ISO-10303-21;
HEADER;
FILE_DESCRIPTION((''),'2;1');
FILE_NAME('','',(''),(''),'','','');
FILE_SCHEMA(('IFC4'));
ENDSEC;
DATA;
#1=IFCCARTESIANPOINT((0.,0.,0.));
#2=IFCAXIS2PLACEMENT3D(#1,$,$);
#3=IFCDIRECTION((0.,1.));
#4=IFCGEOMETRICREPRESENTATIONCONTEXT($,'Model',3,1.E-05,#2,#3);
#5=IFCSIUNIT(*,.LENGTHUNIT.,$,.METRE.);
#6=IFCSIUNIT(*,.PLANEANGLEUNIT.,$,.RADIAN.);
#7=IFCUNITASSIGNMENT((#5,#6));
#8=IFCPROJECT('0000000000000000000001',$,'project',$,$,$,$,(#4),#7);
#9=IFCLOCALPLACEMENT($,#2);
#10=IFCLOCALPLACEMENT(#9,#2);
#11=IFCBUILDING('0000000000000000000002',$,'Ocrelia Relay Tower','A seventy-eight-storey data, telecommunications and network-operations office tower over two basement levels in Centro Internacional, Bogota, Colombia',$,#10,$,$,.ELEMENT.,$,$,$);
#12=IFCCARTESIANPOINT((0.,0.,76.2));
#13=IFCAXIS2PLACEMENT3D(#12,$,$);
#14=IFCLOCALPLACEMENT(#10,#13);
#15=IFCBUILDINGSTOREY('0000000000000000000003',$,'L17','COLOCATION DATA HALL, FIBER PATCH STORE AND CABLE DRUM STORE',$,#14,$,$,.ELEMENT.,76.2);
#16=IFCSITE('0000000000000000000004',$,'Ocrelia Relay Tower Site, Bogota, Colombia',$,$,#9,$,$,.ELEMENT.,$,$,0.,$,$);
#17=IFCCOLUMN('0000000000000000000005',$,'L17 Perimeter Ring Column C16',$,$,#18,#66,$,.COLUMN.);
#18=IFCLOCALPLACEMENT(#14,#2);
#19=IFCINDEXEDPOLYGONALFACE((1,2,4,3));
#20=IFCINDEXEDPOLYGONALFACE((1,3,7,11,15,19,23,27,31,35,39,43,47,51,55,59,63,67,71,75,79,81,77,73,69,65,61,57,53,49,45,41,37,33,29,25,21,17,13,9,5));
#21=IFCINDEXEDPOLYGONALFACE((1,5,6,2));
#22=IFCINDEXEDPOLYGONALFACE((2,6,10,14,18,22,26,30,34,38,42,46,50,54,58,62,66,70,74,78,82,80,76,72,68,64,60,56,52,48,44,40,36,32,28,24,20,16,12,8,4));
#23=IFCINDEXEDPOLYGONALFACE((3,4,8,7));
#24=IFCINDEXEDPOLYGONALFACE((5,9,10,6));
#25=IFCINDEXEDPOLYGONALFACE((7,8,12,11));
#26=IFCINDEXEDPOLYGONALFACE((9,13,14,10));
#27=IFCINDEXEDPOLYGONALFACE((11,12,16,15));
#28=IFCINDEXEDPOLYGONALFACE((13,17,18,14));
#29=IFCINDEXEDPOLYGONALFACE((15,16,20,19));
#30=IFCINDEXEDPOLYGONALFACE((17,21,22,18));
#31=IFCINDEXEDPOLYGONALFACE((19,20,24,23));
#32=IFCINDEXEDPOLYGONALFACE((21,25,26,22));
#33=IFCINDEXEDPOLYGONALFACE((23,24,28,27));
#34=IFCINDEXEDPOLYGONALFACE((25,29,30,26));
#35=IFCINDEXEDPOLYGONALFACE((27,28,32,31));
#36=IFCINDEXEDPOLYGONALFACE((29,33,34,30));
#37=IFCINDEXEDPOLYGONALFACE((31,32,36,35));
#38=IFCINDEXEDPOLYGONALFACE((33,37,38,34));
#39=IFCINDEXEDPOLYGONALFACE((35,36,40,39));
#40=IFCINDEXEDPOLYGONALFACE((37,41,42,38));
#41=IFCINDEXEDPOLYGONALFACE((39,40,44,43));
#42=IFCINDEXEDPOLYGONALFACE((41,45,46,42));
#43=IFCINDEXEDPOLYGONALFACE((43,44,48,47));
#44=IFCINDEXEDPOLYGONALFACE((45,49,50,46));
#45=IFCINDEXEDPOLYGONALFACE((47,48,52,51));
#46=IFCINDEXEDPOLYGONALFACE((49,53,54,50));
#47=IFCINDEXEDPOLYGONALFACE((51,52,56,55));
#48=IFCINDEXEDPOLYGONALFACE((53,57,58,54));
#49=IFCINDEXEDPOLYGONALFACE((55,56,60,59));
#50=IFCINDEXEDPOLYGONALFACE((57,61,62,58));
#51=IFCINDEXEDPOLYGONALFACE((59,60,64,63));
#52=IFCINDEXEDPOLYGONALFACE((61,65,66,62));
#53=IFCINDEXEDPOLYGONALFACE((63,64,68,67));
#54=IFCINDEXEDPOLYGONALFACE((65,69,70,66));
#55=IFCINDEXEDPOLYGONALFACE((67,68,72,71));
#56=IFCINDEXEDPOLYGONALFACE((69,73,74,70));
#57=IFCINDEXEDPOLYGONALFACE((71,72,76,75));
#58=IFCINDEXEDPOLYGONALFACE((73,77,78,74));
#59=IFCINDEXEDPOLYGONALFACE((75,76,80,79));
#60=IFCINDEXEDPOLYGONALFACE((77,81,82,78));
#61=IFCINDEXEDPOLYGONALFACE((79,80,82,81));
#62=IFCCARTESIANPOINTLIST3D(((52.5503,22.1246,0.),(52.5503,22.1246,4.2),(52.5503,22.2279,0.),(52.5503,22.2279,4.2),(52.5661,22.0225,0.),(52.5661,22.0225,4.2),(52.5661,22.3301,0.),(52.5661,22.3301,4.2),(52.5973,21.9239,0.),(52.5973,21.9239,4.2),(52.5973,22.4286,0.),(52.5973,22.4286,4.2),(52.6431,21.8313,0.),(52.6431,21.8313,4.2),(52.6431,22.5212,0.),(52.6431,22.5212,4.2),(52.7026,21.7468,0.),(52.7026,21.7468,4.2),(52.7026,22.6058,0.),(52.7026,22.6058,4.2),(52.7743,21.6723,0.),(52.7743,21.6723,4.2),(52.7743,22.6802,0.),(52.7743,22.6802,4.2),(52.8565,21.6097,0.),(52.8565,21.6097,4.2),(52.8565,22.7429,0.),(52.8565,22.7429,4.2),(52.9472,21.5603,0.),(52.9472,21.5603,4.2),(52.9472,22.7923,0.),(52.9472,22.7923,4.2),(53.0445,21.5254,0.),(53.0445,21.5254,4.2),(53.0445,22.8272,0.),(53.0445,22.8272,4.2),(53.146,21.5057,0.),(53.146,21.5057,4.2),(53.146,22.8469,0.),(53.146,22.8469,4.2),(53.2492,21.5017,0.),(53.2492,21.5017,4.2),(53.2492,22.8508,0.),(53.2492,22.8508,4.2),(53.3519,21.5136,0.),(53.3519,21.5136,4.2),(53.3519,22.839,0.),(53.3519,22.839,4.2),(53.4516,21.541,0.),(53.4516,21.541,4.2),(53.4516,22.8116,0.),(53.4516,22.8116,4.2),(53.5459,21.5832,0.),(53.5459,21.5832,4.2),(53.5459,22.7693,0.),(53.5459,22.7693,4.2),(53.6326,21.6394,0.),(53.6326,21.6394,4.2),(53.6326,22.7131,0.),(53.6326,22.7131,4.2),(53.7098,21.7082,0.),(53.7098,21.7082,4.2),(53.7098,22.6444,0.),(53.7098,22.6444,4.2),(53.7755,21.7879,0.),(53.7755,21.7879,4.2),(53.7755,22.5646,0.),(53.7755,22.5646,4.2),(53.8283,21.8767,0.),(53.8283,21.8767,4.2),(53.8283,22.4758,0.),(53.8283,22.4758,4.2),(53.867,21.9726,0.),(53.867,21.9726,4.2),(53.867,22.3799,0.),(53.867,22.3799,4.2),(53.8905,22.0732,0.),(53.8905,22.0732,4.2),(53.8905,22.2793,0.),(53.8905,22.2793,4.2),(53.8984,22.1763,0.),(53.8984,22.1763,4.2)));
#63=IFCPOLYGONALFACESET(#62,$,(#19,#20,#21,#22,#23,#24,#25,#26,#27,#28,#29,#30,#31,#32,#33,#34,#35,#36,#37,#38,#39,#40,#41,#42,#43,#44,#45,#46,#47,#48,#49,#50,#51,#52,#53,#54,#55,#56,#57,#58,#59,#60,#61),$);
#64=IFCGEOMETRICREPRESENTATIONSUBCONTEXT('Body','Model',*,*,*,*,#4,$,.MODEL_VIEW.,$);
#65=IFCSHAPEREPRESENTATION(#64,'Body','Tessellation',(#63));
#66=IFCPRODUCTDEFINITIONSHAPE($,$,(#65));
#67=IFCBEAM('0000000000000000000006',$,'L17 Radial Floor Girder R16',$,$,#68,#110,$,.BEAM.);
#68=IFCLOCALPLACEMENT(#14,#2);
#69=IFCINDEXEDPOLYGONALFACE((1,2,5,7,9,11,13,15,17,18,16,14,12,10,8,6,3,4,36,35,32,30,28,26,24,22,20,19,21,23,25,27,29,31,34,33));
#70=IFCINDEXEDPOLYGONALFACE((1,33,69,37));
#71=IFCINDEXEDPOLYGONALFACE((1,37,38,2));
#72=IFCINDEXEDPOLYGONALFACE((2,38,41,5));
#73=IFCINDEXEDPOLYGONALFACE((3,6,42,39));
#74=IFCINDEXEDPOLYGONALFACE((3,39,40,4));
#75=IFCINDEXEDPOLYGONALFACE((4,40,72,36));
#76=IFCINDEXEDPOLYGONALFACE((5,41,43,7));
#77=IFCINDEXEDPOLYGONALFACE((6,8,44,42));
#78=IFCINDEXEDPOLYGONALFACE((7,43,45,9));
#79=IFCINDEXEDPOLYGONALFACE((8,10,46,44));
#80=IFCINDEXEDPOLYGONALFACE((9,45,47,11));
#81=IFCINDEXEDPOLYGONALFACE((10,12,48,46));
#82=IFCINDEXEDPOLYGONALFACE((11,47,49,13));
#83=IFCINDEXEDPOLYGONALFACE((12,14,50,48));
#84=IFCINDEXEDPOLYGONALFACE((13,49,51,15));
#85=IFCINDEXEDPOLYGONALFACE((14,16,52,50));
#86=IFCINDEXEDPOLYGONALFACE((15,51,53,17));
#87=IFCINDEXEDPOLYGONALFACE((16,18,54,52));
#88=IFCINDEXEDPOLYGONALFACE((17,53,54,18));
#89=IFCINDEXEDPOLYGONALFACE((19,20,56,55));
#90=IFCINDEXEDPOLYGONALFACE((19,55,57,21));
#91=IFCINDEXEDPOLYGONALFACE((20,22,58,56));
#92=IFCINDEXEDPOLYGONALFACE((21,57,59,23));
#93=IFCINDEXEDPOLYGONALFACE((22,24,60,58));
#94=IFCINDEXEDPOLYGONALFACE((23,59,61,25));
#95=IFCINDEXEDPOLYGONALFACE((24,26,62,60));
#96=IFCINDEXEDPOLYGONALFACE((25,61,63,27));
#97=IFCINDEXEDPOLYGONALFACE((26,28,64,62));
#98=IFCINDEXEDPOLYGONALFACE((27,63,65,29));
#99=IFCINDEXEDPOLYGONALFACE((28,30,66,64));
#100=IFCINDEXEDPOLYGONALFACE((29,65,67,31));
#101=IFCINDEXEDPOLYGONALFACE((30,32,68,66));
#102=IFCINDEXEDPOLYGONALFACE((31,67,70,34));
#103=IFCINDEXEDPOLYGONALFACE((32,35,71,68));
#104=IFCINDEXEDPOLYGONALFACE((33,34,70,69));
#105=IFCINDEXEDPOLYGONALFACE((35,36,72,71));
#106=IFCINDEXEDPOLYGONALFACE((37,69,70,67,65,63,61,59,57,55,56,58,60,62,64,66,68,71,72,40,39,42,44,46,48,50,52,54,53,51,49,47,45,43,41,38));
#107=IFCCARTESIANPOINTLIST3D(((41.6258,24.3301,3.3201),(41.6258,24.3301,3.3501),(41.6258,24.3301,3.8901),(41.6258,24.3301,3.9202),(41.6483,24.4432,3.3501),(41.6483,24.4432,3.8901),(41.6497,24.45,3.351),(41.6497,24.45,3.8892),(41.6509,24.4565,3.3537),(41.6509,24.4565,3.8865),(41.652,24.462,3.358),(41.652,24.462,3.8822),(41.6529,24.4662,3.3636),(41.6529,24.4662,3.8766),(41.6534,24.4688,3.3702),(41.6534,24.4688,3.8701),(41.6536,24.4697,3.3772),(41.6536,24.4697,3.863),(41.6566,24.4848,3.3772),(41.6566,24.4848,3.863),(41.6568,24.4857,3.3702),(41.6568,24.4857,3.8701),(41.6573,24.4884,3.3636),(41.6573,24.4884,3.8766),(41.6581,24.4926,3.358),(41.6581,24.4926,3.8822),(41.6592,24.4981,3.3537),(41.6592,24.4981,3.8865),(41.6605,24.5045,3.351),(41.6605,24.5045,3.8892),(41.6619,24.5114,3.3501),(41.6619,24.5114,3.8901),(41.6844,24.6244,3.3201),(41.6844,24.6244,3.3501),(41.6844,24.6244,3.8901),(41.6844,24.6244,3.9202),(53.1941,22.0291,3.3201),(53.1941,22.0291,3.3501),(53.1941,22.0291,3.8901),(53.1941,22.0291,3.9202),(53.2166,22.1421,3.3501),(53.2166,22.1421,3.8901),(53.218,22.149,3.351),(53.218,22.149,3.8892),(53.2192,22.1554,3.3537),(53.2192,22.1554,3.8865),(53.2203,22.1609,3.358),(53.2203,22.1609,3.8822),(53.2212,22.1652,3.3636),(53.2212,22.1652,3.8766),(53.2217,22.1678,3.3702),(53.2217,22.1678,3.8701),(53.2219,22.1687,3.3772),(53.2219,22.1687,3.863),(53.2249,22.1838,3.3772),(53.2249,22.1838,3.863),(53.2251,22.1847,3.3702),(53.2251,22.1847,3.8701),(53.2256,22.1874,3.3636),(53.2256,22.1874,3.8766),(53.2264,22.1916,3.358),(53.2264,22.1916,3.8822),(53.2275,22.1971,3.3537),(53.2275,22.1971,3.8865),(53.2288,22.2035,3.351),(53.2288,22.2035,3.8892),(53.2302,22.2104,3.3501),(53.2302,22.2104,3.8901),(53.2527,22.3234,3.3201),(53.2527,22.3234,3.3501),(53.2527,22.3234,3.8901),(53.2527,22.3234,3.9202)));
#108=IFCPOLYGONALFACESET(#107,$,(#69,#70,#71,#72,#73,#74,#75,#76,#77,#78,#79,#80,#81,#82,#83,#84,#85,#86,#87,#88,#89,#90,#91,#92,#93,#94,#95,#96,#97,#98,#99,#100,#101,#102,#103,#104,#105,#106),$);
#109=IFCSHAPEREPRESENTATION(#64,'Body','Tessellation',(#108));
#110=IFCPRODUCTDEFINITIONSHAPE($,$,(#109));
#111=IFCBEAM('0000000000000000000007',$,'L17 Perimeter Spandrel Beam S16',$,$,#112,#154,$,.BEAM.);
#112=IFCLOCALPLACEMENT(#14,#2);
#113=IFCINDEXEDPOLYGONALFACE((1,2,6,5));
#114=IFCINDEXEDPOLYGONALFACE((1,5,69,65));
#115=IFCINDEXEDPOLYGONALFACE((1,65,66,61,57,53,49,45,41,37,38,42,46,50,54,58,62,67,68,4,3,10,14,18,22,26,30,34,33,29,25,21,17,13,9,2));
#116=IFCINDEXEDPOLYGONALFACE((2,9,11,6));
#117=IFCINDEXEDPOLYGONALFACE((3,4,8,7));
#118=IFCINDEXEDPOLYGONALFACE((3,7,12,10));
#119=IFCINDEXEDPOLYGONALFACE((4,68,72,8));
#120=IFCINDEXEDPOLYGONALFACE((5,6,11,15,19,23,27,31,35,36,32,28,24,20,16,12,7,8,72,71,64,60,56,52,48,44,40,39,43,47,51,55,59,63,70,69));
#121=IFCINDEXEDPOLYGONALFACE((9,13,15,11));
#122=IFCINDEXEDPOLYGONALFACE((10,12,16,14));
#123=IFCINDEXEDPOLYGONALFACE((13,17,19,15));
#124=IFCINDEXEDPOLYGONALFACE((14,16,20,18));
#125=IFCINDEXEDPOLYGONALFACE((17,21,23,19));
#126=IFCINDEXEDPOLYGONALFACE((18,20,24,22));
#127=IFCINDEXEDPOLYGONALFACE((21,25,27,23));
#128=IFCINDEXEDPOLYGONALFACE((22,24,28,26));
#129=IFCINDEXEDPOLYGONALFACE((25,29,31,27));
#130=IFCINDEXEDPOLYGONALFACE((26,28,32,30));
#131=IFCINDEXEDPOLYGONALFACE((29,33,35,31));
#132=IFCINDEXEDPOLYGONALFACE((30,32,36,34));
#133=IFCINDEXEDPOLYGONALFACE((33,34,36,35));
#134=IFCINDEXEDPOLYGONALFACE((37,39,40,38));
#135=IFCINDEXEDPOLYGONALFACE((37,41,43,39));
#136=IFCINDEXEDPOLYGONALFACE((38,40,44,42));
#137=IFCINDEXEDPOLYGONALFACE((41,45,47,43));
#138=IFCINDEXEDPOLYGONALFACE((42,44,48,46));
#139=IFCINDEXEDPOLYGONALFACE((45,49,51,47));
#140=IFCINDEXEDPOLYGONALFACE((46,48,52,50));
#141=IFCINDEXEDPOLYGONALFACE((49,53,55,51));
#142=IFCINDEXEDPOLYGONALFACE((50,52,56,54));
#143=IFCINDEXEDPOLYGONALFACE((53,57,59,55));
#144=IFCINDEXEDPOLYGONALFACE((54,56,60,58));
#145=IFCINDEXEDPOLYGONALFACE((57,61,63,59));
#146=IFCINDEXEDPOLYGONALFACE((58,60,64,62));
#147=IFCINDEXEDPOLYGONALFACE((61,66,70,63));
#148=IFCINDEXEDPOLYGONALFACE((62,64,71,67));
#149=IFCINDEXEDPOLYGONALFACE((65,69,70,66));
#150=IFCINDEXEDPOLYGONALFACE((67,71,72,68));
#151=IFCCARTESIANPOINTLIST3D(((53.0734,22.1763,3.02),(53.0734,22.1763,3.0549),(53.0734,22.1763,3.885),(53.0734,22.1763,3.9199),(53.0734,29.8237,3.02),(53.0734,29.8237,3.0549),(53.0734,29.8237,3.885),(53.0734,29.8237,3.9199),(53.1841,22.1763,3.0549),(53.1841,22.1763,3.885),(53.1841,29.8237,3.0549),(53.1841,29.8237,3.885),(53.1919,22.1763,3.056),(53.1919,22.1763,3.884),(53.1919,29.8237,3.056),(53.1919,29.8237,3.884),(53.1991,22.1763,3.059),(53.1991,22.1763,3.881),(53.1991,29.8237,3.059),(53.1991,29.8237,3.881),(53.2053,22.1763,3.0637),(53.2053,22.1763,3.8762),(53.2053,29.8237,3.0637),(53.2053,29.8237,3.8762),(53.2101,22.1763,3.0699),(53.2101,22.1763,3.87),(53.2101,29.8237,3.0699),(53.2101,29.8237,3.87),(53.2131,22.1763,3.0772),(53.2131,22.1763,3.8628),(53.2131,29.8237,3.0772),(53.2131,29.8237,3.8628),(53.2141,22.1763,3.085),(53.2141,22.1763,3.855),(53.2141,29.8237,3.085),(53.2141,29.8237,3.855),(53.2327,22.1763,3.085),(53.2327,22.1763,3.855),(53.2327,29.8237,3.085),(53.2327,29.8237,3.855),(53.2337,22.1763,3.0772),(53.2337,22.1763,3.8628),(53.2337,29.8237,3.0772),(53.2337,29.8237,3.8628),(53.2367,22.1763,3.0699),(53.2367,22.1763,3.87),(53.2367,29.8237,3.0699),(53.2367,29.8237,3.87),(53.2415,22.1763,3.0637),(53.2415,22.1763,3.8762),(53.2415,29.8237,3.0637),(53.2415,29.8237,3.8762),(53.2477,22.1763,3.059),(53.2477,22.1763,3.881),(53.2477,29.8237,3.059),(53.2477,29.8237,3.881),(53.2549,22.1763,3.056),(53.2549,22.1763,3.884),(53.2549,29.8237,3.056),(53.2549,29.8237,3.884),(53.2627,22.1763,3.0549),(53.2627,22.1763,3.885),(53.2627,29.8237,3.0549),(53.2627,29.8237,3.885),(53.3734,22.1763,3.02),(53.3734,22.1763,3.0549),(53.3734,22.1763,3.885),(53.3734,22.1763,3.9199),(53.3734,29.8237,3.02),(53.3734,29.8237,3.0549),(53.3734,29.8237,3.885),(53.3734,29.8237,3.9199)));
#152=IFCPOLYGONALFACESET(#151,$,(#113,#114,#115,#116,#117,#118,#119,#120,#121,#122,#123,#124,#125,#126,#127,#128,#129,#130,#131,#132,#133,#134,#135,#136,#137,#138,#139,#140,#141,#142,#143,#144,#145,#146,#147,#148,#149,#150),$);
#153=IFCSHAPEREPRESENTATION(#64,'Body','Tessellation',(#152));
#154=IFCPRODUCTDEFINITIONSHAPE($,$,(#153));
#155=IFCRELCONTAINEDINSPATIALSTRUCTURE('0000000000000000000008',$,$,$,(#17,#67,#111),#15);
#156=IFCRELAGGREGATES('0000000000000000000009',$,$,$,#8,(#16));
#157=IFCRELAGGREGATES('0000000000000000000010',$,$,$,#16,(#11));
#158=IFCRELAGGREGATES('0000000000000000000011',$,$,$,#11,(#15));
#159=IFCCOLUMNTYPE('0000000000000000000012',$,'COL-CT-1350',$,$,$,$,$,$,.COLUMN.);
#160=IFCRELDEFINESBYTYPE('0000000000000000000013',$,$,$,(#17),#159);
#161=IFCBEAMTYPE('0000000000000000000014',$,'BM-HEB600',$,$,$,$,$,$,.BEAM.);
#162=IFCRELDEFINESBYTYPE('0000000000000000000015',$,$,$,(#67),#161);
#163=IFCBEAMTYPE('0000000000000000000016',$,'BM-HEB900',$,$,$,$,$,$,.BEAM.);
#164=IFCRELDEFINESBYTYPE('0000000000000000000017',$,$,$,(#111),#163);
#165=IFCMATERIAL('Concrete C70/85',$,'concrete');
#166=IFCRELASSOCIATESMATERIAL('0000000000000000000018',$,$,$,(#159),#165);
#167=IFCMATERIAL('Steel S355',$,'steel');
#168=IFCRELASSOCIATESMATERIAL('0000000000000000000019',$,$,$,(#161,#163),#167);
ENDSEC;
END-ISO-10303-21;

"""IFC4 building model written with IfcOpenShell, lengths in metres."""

from ifc_helpers import new_model, si_unit, direction, frame, origin, origin_2d, place, context, subcontext, project, spatial, circle, i_section, extrude, material, material_profile, profile_set, type_object, element, save


model = new_model("IFC4")

# Units and contexts
model_context = context("Model", 3, precision=1e-05, world=origin(), true_north=direction((0.0, 1.0)))
body_context = subcontext(model_context, "Body", "Model", "MODEL_VIEW")
ifc_project = project(units=[si_unit("LENGTHUNIT", "METRE"), si_unit("PLANEANGLEUNIT", "RADIAN")], contexts=[model_context])

# Site, building, storey
site_placement = place(None, origin())
site = spatial("IfcSite", under=ifc_project, at=site_placement, Name="Ocrelia Relay Tower Site, Bogota, Colombia", CompositionType="ELEMENT", RefElevation=0.0)
building_placement = place(site_placement, origin())
building = spatial("IfcBuilding", under=site, at=building_placement, Name="Ocrelia Relay Tower", Description="A seventy-eight-storey data, telecommunications and network-operations office tower over two basement levels in Centro Internacional, Bogota, Colombia", CompositionType="ELEMENT")
storey_placement = place(building_placement, frame((0.0, 0.0, 76.2)))
storey = spatial("IfcBuildingStorey", under=building, at=storey_placement, Name="L17", Description="COLOCATION DATA HALL, FIBER PATCH STORE AND CABLE DRUM STORE", CompositionType="ELEMENT", Elevation=76.2)

# Column
ifc_material_1 = material(Name="Concrete C70/85", Category="concrete")
ifc_material_profile_1 = material_profile(ifc_material_1, circle(Radius=0.675, at=origin_2d()), Name="RC-CIR-1350")
ifc_profile_set_1 = profile_set([ifc_material_profile_1], Name="Concrete C70/85")
column_type = type_object("IfcColumnType", Name="COL-CT-1350", PredefinedType="COLUMN", material=ifc_profile_set_1)
column_placement = place(storey_placement, frame((53.2234, 22.1763, 0.0), z_axis=(0.0, 0.0, 1.0), x_axis=(1.0, 0.0, 0.0)))
element("IfcColumn", 1, at=column_placement, inside=storey, type_object=column_type, Name="L17 Perimeter Ring Column C16", PredefinedType="COLUMN", context=body_context, shape_type="SweptSolid", body=[
    extrude(circle(Radius=0.675, at=origin_2d()), origin(), (0.0, 0.0, 1.0), 4.2),
])

# Beams
ifc_material_2 = material(Name="Steel S355", Category="steel")
ifc_material_profile_2 = material_profile(ifc_material_2, i_section(OverallWidth=0.3, OverallDepth=0.6001, WebThickness=0.0154, FlangeThickness=0.03, FilletRadius=0.0271, at=origin_2d()), Name="HEB 600")
ifc_profile_set_2 = profile_set([ifc_material_profile_2], Name="Steel S355")
beam_type_1 = type_object("IfcBeamType", Name="BM-HEB600", PredefinedType="BEAM", material=ifc_profile_set_2)
beam_1_placement = place(storey_placement, frame((53.2234, 22.1763, 3.6201), z_axis=(-0.980786, 0.195085, 0.0), x_axis=(-0.195085, -0.980786, 0.0)))
element("IfcBeam", 2, at=beam_1_placement, inside=storey, type_object=beam_type_1, Name="L17 Radial Floor Girder R16", PredefinedType="BEAM", context=body_context, shape_type="SweptSolid", body=[
    extrude(i_section(OverallWidth=0.3, OverallDepth=0.6001, WebThickness=0.0154, FlangeThickness=0.03, FilletRadius=0.0271, at=origin_2d()), origin(), (0.0, 0.0, 1.0), 11.7949),
])
ifc_material_profile_3 = material_profile(ifc_material_2, i_section(OverallWidth=0.3, OverallDepth=0.8999, WebThickness=0.0186, FlangeThickness=0.0349, FilletRadius=0.03, at=origin_2d()), Name="HEB 900")
ifc_profile_set_3 = profile_set([ifc_material_profile_3], Name="Steel S355")
beam_type_2 = type_object("IfcBeamType", Name="BM-HEB900", PredefinedType="BEAM", material=ifc_profile_set_3)
beam_2_placement = place(storey_placement, frame((53.2234, 22.1763, 3.47), z_axis=(0.0, 1.0, 0.0), x_axis=(-1.0, 0.0, 0.0)))
element("IfcBeam", 3, at=beam_2_placement, inside=storey, type_object=beam_type_2, Name="L17 Perimeter Spandrel Beam S16", PredefinedType="BEAM", context=body_context, shape_type="SweptSolid", body=[
    extrude(i_section(OverallWidth=0.3, OverallDepth=0.8999, WebThickness=0.0186, FlangeThickness=0.0349, FilletRadius=0.03, at=origin_2d()), origin(), (0.0, 0.0, 1.0), 7.6475),
])

save(model, "model.ifc")
